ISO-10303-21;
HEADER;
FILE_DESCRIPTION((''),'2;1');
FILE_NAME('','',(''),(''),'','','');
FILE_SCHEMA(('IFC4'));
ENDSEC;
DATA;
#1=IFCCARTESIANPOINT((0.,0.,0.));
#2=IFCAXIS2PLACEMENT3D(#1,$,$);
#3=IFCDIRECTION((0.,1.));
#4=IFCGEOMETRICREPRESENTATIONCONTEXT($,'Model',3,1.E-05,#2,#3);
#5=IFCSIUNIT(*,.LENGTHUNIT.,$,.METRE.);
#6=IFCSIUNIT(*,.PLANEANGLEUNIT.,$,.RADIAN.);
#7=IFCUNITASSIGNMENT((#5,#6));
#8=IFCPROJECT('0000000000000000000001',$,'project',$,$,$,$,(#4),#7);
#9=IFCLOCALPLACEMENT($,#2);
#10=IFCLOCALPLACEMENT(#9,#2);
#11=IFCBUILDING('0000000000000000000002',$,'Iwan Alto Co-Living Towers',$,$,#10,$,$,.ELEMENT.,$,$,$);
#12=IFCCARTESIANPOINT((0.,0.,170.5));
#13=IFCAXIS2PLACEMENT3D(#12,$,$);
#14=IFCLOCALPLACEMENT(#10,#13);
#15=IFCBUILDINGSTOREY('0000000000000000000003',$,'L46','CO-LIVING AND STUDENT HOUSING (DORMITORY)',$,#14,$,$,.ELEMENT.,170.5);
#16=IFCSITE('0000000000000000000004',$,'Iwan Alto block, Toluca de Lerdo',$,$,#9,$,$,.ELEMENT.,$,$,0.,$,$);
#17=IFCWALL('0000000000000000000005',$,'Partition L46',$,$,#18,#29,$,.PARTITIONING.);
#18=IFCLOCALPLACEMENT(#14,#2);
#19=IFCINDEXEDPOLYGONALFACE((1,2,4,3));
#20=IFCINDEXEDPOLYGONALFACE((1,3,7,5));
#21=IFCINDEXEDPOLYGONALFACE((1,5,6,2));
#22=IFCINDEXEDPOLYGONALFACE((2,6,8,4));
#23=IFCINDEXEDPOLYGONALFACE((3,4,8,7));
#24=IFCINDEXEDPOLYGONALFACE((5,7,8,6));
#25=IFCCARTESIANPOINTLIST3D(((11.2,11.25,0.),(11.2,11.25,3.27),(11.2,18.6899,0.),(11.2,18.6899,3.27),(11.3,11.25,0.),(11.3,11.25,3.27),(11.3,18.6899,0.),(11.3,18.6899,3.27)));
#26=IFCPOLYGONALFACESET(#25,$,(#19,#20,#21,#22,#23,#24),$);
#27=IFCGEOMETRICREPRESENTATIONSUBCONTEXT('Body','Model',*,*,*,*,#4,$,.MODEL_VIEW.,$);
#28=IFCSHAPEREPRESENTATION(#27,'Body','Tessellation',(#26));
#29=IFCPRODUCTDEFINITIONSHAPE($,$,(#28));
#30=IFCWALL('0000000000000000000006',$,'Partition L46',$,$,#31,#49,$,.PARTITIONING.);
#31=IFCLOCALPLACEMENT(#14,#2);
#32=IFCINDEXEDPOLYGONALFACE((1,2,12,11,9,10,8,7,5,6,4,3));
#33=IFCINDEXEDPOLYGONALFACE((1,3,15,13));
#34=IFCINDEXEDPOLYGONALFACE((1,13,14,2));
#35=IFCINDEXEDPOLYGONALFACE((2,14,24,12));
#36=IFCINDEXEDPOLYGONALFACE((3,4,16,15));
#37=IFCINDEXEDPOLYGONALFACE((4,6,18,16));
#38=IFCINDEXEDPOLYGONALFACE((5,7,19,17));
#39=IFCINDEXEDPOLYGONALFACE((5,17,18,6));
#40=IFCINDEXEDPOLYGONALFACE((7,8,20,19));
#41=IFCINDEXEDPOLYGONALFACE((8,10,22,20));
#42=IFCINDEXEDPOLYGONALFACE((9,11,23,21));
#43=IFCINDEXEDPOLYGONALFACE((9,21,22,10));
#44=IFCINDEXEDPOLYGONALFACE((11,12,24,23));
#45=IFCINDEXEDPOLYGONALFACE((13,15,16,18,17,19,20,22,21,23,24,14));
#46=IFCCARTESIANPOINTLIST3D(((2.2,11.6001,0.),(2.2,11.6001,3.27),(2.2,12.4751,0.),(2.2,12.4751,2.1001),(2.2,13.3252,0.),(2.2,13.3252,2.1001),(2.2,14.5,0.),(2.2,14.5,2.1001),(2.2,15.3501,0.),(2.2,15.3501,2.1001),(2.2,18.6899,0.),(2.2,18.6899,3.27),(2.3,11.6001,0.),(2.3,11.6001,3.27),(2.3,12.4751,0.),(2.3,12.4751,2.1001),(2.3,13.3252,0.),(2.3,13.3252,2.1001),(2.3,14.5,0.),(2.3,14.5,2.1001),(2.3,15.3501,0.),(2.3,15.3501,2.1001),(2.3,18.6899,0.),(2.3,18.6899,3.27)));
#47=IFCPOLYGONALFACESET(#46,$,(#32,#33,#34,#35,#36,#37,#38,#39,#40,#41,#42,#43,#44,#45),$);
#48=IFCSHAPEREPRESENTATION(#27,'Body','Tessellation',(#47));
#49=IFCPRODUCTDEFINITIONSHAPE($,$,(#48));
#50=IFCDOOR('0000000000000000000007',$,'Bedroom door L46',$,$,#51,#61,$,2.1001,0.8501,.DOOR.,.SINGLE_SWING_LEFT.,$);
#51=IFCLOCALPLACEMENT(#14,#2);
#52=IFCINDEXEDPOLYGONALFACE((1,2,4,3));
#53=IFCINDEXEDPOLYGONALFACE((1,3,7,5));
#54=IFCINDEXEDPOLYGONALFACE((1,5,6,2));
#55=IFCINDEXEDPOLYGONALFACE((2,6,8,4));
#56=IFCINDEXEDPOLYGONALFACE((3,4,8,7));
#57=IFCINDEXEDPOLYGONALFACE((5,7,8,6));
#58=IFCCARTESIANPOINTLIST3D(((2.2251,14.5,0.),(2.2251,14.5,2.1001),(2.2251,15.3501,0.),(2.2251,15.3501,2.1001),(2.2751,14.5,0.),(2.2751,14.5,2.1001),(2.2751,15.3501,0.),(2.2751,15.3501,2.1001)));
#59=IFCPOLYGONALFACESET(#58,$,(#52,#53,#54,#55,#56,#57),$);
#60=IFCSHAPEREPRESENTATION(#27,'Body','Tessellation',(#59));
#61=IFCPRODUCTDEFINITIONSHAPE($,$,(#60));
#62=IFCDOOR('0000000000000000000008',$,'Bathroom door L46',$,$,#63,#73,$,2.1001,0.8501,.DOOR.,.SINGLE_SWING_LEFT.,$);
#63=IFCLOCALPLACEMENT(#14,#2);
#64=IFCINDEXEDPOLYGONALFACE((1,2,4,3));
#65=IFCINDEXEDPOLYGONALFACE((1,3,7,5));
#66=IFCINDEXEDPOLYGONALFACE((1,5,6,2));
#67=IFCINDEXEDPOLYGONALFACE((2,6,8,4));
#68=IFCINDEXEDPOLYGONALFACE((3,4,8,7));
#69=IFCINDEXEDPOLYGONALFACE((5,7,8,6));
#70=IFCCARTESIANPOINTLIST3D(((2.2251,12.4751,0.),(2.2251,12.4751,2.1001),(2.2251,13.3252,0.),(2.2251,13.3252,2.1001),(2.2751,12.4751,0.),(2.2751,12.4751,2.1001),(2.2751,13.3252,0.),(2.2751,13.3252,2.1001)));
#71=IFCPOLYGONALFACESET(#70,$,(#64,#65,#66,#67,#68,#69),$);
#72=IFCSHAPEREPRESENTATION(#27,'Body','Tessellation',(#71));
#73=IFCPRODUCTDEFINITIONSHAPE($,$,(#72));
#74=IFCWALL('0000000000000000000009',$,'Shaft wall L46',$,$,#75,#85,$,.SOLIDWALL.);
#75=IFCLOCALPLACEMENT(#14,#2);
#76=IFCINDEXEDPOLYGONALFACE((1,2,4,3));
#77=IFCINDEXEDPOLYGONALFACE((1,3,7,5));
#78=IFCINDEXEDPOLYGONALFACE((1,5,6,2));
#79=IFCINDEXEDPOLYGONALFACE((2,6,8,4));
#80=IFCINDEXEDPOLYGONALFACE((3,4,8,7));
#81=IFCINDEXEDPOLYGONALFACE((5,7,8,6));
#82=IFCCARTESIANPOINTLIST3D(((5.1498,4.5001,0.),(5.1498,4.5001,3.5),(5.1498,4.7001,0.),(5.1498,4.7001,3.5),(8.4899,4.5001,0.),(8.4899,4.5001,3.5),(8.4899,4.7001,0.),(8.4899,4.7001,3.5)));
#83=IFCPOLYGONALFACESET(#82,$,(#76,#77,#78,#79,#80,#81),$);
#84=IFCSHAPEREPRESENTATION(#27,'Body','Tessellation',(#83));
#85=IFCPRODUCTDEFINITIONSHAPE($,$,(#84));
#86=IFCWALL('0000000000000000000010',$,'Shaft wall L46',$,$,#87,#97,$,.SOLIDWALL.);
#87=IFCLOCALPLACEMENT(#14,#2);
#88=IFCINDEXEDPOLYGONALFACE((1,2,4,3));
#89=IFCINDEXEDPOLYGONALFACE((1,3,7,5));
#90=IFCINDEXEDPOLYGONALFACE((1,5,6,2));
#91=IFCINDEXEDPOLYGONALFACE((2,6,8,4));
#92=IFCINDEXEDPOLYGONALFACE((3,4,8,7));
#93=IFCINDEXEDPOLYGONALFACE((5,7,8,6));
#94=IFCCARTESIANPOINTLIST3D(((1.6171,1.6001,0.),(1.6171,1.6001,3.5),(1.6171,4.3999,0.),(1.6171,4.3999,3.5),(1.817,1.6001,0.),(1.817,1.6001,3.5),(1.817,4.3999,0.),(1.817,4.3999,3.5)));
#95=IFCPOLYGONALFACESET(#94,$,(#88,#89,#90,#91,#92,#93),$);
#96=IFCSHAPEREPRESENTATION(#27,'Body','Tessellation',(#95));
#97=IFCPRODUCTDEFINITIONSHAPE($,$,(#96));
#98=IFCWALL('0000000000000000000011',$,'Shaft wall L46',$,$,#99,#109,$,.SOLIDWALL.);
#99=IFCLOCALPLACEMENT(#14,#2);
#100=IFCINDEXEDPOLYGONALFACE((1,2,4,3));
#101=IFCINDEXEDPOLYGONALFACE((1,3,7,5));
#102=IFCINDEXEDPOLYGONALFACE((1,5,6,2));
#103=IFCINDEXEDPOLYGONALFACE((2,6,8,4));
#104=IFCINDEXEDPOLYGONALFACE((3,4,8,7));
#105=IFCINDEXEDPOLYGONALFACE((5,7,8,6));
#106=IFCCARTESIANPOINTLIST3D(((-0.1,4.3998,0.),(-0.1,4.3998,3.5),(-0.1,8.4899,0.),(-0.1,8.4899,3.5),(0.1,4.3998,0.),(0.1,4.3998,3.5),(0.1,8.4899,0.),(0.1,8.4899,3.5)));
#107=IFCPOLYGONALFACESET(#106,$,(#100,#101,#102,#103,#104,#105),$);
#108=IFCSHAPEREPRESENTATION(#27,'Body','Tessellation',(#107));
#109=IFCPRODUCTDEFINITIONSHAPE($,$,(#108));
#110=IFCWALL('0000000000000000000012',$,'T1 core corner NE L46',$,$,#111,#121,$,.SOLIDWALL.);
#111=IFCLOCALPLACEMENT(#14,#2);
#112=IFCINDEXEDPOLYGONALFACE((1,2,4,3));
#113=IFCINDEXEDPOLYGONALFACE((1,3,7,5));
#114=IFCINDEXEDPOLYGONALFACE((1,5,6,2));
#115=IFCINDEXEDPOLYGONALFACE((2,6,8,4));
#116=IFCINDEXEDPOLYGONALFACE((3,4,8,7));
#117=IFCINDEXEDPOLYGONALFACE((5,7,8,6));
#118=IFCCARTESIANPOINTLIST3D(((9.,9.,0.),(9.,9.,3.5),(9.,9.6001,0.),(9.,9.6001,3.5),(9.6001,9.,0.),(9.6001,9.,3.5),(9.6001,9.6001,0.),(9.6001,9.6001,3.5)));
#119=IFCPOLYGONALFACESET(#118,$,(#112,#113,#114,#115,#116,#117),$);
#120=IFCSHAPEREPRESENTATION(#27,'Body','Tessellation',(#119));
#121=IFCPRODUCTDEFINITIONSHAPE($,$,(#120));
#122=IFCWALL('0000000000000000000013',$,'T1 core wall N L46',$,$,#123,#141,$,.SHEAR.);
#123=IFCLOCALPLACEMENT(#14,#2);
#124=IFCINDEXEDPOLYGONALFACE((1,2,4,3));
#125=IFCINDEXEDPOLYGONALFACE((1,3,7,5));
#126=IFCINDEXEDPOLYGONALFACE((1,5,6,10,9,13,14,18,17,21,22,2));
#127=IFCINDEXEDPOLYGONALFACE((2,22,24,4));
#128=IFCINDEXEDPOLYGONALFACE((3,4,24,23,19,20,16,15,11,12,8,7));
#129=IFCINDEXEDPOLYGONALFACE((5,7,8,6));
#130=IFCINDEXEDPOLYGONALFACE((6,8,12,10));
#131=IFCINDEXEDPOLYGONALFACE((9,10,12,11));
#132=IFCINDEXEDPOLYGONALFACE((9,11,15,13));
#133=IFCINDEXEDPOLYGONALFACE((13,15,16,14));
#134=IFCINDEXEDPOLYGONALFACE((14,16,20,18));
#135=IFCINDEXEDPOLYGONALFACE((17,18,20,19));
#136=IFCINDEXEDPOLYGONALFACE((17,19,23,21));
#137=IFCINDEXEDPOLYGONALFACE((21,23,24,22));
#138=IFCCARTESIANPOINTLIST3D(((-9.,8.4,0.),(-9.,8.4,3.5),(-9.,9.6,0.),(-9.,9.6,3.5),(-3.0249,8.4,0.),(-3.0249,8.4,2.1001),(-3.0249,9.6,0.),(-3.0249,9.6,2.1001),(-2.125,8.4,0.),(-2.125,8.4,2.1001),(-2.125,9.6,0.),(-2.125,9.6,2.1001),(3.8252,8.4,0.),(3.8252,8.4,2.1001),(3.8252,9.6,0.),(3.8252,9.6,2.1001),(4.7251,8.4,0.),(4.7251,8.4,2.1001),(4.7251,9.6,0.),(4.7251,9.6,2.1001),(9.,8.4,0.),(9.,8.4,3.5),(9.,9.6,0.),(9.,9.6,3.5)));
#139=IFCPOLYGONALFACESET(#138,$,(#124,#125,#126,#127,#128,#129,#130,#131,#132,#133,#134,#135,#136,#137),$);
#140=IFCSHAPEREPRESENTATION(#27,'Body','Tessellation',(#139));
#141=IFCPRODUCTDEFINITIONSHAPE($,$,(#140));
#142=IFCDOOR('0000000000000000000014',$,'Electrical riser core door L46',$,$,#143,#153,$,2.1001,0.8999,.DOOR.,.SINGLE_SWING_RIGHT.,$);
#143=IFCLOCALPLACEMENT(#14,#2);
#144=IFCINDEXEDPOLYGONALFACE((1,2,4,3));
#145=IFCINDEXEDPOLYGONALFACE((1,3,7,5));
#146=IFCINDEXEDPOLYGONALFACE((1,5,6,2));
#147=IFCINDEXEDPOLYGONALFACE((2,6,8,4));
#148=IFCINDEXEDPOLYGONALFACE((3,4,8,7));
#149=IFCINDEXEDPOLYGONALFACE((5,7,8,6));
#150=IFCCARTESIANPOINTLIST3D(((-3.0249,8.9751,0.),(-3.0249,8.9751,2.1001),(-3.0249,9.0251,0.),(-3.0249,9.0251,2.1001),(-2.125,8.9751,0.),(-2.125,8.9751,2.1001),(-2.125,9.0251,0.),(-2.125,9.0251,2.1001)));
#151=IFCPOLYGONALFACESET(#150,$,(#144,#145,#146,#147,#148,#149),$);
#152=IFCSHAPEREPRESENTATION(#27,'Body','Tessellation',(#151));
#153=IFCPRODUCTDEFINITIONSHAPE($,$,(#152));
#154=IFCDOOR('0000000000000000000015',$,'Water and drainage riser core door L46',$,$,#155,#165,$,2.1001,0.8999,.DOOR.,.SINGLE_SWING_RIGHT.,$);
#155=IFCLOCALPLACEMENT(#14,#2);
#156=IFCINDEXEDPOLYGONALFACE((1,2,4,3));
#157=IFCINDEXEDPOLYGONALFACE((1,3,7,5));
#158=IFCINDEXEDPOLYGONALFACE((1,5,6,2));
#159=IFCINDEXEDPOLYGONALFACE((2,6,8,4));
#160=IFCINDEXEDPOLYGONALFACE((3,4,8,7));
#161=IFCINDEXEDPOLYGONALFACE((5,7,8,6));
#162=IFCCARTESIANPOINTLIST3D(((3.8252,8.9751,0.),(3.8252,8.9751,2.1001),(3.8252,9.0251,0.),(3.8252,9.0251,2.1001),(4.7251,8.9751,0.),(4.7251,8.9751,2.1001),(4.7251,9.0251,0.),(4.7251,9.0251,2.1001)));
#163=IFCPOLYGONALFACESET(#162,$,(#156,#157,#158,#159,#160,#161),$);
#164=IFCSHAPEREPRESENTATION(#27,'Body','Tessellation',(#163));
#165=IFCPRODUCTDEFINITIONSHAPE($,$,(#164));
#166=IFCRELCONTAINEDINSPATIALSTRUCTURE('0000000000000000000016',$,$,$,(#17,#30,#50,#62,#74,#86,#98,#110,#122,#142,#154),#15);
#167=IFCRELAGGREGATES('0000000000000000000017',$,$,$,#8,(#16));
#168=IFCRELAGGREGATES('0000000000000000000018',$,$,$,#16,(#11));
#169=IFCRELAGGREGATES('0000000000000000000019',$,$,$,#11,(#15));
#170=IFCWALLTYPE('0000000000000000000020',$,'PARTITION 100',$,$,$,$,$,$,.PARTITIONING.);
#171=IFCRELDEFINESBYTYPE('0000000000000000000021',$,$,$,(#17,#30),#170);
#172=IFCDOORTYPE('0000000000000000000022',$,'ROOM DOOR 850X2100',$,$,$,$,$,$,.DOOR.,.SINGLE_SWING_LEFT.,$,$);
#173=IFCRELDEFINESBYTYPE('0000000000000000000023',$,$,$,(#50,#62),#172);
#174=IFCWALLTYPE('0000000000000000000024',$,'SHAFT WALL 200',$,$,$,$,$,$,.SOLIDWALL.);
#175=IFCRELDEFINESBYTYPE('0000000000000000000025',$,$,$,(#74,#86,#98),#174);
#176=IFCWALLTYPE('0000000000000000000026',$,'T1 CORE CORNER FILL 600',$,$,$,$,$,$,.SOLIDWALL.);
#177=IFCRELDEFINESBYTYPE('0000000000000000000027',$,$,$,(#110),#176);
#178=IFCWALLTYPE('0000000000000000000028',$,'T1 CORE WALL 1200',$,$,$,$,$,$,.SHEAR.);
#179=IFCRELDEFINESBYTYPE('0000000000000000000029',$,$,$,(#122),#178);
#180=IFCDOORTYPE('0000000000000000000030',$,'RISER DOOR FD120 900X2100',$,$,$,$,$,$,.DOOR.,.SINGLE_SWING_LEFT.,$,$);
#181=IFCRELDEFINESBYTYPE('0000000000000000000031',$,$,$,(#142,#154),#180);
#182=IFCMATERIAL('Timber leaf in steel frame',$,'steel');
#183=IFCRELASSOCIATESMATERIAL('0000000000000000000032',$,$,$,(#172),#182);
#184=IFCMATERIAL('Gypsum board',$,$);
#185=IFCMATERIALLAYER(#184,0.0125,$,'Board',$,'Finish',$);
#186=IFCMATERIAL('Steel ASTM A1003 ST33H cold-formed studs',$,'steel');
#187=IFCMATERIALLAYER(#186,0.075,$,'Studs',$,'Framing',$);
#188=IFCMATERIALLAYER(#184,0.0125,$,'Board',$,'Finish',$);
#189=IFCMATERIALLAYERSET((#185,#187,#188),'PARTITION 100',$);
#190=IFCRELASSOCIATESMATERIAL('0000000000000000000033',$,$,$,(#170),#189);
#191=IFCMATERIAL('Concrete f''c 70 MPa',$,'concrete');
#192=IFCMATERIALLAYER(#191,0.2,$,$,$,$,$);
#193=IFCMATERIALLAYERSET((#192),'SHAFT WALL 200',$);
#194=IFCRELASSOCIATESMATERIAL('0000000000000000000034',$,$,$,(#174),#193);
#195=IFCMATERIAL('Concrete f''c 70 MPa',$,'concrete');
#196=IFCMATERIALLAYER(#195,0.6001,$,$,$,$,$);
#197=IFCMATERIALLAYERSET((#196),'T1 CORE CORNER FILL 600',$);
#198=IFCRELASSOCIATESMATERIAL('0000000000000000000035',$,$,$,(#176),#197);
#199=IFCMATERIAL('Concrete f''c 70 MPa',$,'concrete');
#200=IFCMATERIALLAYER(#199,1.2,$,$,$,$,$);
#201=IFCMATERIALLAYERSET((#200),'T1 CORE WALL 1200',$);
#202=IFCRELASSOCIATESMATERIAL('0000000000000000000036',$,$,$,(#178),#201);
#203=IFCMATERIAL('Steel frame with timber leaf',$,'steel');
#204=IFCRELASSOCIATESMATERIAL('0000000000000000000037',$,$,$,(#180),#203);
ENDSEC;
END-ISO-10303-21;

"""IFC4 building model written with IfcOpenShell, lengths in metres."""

from ifc_helpers import new_model, si_unit, direction, frame, frame_2d, origin, place, context, subcontext, project, spatial, rectangle, extrude, material, layer, layer_set, type_object, element, fill, save


model = new_model("IFC4")

# Units and contexts
model_context = context("Model", 3, precision=1e-05, world=origin(), true_north=direction((0.0, 1.0)))
body_context = subcontext(model_context, "Body", "Model", "MODEL_VIEW")
ifc_project = project(units=[si_unit("LENGTHUNIT", "METRE"), si_unit("PLANEANGLEUNIT", "RADIAN")], contexts=[model_context])

# Site, building, storey
site_placement = place(None, origin())
site = spatial("IfcSite", under=ifc_project, at=site_placement, Name="Iwan Alto block, Toluca de Lerdo", CompositionType="ELEMENT", RefElevation=0.0)
building_placement = place(site_placement, origin())
building = spatial("IfcBuilding", under=site, at=building_placement, Name="Iwan Alto Co-Living Towers", CompositionType="ELEMENT")
storey_placement = place(building_placement, frame((0.0, 0.0, 170.5)))
storey = spatial("IfcBuildingStorey", under=building, at=storey_placement, Name="L46", Description="CO-LIVING AND STUDENT HOUSING (DORMITORY)", CompositionType="ELEMENT", Elevation=170.5)

# Shared definitions
ifc_material_1 = material(Name="Gypsum board")
ifc_material_2 = material(Name="Steel ASTM A1003 ST33H cold-formed studs", Category="steel")
ifc_material_3 = material(Name="Timber leaf in steel frame", Category="steel")
door_type_1 = type_object("IfcDoorType", Name="ROOM DOOR 850X2100", OperationType="SINGLE_SWING_LEFT", PredefinedType="DOOR", material=ifc_material_3)

# Wall
ifc_layer_1 = layer(ifc_material_1, 0.0125, Name="Board", Category="Finish")
ifc_layer_2 = layer(ifc_material_2, 0.075, Name="Studs", Category="Framing")
ifc_layer_3 = layer(ifc_material_1, 0.0125, Name="Board", Category="Finish")
ifc_layer_set_1 = layer_set([ifc_layer_1, ifc_layer_2, ifc_layer_3], Name="PARTITION 100")
wall_type_1 = type_object("IfcWallType", Name="PARTITION 100", PredefinedType="PARTITIONING", material=ifc_layer_set_1)
wall_1_placement = place(storey_placement, frame((11.25, 11.25, 0.0), z_axis=(0.0, 0.0, 1.0), x_axis=(0.0, 1.0, 0.0)))
element("IfcWall", 1, at=wall_1_placement, inside=storey, type_object=wall_type_1, Name="Partition L46", PredefinedType="PARTITIONING", context=body_context, shape_type="SweptSolid", body=[
    extrude(rectangle(XDim=7.4399, YDim=0.1001, at=frame_2d((3.72, 0.0))), origin(), (0.0, 0.0, 1.0), 3.27),
])

# Wall, openings, doors
wall_2_placement = place(storey_placement, frame((2.25, 11.6001, 0.0), z_axis=(0.0, 0.0, 1.0), x_axis=(0.0, 1.0, 0.0)))
wall_2 = element("IfcWall", 2, at=wall_2_placement, inside=storey, type_object=wall_type_1, Name="Partition L46", PredefinedType="PARTITIONING", context=body_context, shape_type="SweptSolid", body=[
    extrude(rectangle(XDim=7.0898, YDim=0.1001, at=frame_2d((3.5449, 0.0))), origin(), (0.0, 0.0, 1.0), 3.27),
])
opening_1_placement = place(wall_2_placement, frame((2.8999, 0.0, 0.0)))
opening_1 = element("IfcOpeningElement", 3, at=opening_1_placement, cuts=wall_2, PredefinedType="OPENING", context=body_context, shape_type="SweptSolid", body=[
    extrude(rectangle(XDim=0.8501, YDim=2.1001, at=frame_2d((0.425, 1.05))), frame((0.0, 0.0601, 0.0), z_axis=(0.0, -1.0, 0.0), x_axis=(1.0, 0.0, 0.0)), (0.0, 0.0, 1.0), 0.1201),
])
opening_2_placement = place(wall_2_placement, frame((0.875, 0.0, 0.0)))
opening_2 = element("IfcOpeningElement", 4, at=opening_2_placement, cuts=wall_2, PredefinedType="OPENING", context=body_context, shape_type="SweptSolid", body=[
    extrude(rectangle(XDim=0.8501, YDim=2.1001, at=frame_2d((0.425, 1.05))), frame((0.0, 0.0601, 0.0), z_axis=(0.0, -1.0, 0.0), x_axis=(1.0, 0.0, 0.0)), (0.0, 0.0, 1.0), 0.1201),
])
door_1_placement = place(opening_1_placement, origin())
door_1 = element("IfcDoor", 5, at=door_1_placement, inside=storey, type_object=door_type_1, Name="Bedroom door L46", OperationType="SINGLE_SWING_LEFT", OverallHeight=2.1001, OverallWidth=0.8501, PredefinedType="DOOR", context=body_context, shape_type="SweptSolid", body=[
    extrude(rectangle(XDim=0.8501, YDim=2.1001, at=frame_2d((0.425, 1.05))), frame((0.0, 0.0249, 0.0), z_axis=(0.0, -1.0, 0.0), x_axis=(1.0, 0.0, 0.0)), (0.0, 0.0, 1.0), 0.05),
])
fill(opening_1, door_1)
door_2_placement = place(opening_2_placement, origin())
door_2 = element("IfcDoor", 6, at=door_2_placement, inside=storey, type_object=door_type_1, Name="Bathroom door L46", OperationType="SINGLE_SWING_LEFT", OverallHeight=2.1001, OverallWidth=0.8501, PredefinedType="DOOR", context=body_context, shape_type="SweptSolid", body=[
    extrude(rectangle(XDim=0.8501, YDim=2.1001, at=frame_2d((0.425, 1.05))), frame((0.0, 0.0249, 0.0), z_axis=(0.0, -1.0, 0.0), x_axis=(1.0, 0.0, 0.0)), (0.0, 0.0, 1.0), 0.05),
])
fill(opening_2, door_2)

# Walls
ifc_material_4 = material(Name="Concrete f'c 70 MPa", Category="concrete")
ifc_layer_4 = layer(ifc_material_4, 0.2)
ifc_layer_set_2 = layer_set([ifc_layer_4], Name="SHAFT WALL 200")
wall_type_2 = type_object("IfcWallType", Name="SHAFT WALL 200", PredefinedType="SOLIDWALL", material=ifc_layer_set_2)
wall_3_placement = place(storey_placement, frame((5.1499, 4.6001, 0.0), z_axis=(0.0, 0.0, 1.0), x_axis=(1.0, 0.0, 0.0)))
element("IfcWall", 7, at=wall_3_placement, inside=storey, type_object=wall_type_2, Name="Shaft wall L46", PredefinedType="SOLIDWALL", context=body_context, shape_type="SweptSolid", body=[
    extrude(rectangle(XDim=3.3401, YDim=0.2, at=frame_2d((1.6699, 0.0))), origin(), (0.0, 0.0, 1.0), 3.5),
])
wall_4_placement = place(storey_placement, frame((1.717, 1.6001, 0.0), z_axis=(0.0, 0.0, 1.0), x_axis=(0.0, 1.0, 0.0)))
element("IfcWall", 8, at=wall_4_placement, inside=storey, type_object=wall_type_2, Name="Shaft wall L46", PredefinedType="SOLIDWALL", context=body_context, shape_type="SweptSolid", body=[
    extrude(rectangle(XDim=2.7998, YDim=0.2, at=frame_2d((1.3999, 0.0))), origin(), (0.0, 0.0, 1.0), 3.5),
])
wall_5_placement = place(storey_placement, frame((0.0, 4.3999, 0.0), z_axis=(0.0, 0.0, 1.0), x_axis=(0.0, 1.0, 0.0)))
element("IfcWall", 9, at=wall_5_placement, inside=storey, type_object=wall_type_2, Name="Shaft wall L46", PredefinedType="SOLIDWALL", context=body_context, shape_type="SweptSolid", body=[
    extrude(rectangle(XDim=4.0901, YDim=0.2, at=frame_2d((2.0449, 0.0))), origin(), (0.0, 0.0, 1.0), 3.5),
])
ifc_material_5 = material(Name="Concrete f'c 70 MPa", Category="concrete")
ifc_layer_5 = layer(ifc_material_5, 0.6001)
ifc_layer_set_3 = layer_set([ifc_layer_5], Name="T1 CORE CORNER FILL 600")
wall_type_3 = type_object("IfcWallType", Name="T1 CORE CORNER FILL 600", PredefinedType="SOLIDWALL", material=ifc_layer_set_3)
wall_6_placement = place(storey_placement, frame((9.0, 9.3, 0.0), z_axis=(0.0, 0.0, 1.0), x_axis=(1.0, 0.0, 0.0)))
element("IfcWall", 10, at=wall_6_placement, inside=storey, type_object=wall_type_3, Name="T1 core corner NE L46", PredefinedType="SOLIDWALL", context=body_context, shape_type="SweptSolid", body=[
    extrude(rectangle(XDim=0.6001, YDim=0.6001, at=frame_2d((0.3, 0.0))), origin(), (0.0, 0.0, 1.0), 3.5),
])

# Wall, openings, doors
ifc_material_6 = material(Name="Concrete f'c 70 MPa", Category="concrete")
ifc_layer_6 = layer(ifc_material_6, 1.2)
ifc_layer_set_4 = layer_set([ifc_layer_6], Name="T1 CORE WALL 1200")
wall_type_4 = type_object("IfcWallType", Name="T1 CORE WALL 1200", PredefinedType="SHEAR", material=ifc_layer_set_4)
wall_7_placement = place(storey_placement, frame((9.0, 9.0, 0.0), z_axis=(0.0, 0.0, 1.0), x_axis=(-1.0, 0.0, 0.0)))
wall_7 = element("IfcWall", 11, at=wall_7_placement, inside=storey, type_object=wall_type_4, Name="T1 core wall N L46", PredefinedType="SHEAR", context=body_context, shape_type="SweptSolid", body=[
    extrude(rectangle(XDim=18.0, YDim=1.2, at=frame_2d((9.0, 0.0))), origin(), (0.0, 0.0, 1.0), 3.5),
])
opening_3_placement = place(wall_7_placement, frame((11.125, 0.0, 0.0)))
opening_3 = element("IfcOpeningElement", 12, at=opening_3_placement, cuts=wall_7, PredefinedType="OPENING", context=body_context, shape_type="SweptSolid", body=[
    extrude(rectangle(XDim=0.8999, YDim=2.1001, at=frame_2d((0.45, 1.05))), frame((0.0, 0.6099, 0.0), z_axis=(0.0, -1.0, 0.0), x_axis=(1.0, 0.0, 0.0)), (0.0, 0.0, 1.0), 1.22),
])
opening_4_placement = place(wall_7_placement, frame((4.2749, 0.0, 0.0)))
opening_4 = element("IfcOpeningElement", 13, at=opening_4_placement, cuts=wall_7, PredefinedType="OPENING", context=body_context, shape_type="SweptSolid", body=[
    extrude(rectangle(XDim=0.8999, YDim=2.1001, at=frame_2d((0.45, 1.05))), frame((0.0, 0.6099, 0.0), z_axis=(0.0, -1.0, 0.0), x_axis=(1.0, 0.0, 0.0)), (0.0, 0.0, 1.0), 1.22),
])
ifc_material_7 = material(Name="Steel frame with timber leaf", Category="steel")
door_type_2 = type_object("IfcDoorType", Name="RISER DOOR FD120 900X2100", OperationType="SINGLE_SWING_LEFT", PredefinedType="DOOR", material=ifc_material_7)
door_3_placement = place(opening_3_placement, origin())
door_3 = element("IfcDoor", 14, at=door_3_placement, inside=storey, type_object=door_type_2, Name="Electrical riser core door L46", OperationType="SINGLE_SWING_RIGHT", OverallHeight=2.1001, OverallWidth=0.8999, PredefinedType="DOOR", context=body_context, shape_type="SweptSolid", body=[
    extrude(rectangle(XDim=0.8999, YDim=2.1001, at=frame_2d((0.45, 1.05))), frame((0.0, 0.0249, 0.0), z_axis=(0.0, -1.0, 0.0), x_axis=(1.0, 0.0, 0.0)), (0.0, 0.0, 1.0), 0.05),
])
fill(opening_3, door_3)
door_4_placement = place(opening_4_placement, origin())
door_4 = element("IfcDoor", 15, at=door_4_placement, inside=storey, type_object=door_type_2, Name="Water and drainage riser core door L46", OperationType="SINGLE_SWING_RIGHT", OverallHeight=2.1001, OverallWidth=0.8999, PredefinedType="DOOR", context=body_context, shape_type="SweptSolid", body=[
    extrude(rectangle(XDim=0.8999, YDim=2.1001, at=frame_2d((0.45, 1.05))), frame((0.0, 0.0249, 0.0), z_axis=(0.0, -1.0, 0.0), x_axis=(1.0, 0.0, 0.0)), (0.0, 0.0, 1.0), 0.05),
])
fill(opening_4, door_4)

save(model, "model.ifc")
